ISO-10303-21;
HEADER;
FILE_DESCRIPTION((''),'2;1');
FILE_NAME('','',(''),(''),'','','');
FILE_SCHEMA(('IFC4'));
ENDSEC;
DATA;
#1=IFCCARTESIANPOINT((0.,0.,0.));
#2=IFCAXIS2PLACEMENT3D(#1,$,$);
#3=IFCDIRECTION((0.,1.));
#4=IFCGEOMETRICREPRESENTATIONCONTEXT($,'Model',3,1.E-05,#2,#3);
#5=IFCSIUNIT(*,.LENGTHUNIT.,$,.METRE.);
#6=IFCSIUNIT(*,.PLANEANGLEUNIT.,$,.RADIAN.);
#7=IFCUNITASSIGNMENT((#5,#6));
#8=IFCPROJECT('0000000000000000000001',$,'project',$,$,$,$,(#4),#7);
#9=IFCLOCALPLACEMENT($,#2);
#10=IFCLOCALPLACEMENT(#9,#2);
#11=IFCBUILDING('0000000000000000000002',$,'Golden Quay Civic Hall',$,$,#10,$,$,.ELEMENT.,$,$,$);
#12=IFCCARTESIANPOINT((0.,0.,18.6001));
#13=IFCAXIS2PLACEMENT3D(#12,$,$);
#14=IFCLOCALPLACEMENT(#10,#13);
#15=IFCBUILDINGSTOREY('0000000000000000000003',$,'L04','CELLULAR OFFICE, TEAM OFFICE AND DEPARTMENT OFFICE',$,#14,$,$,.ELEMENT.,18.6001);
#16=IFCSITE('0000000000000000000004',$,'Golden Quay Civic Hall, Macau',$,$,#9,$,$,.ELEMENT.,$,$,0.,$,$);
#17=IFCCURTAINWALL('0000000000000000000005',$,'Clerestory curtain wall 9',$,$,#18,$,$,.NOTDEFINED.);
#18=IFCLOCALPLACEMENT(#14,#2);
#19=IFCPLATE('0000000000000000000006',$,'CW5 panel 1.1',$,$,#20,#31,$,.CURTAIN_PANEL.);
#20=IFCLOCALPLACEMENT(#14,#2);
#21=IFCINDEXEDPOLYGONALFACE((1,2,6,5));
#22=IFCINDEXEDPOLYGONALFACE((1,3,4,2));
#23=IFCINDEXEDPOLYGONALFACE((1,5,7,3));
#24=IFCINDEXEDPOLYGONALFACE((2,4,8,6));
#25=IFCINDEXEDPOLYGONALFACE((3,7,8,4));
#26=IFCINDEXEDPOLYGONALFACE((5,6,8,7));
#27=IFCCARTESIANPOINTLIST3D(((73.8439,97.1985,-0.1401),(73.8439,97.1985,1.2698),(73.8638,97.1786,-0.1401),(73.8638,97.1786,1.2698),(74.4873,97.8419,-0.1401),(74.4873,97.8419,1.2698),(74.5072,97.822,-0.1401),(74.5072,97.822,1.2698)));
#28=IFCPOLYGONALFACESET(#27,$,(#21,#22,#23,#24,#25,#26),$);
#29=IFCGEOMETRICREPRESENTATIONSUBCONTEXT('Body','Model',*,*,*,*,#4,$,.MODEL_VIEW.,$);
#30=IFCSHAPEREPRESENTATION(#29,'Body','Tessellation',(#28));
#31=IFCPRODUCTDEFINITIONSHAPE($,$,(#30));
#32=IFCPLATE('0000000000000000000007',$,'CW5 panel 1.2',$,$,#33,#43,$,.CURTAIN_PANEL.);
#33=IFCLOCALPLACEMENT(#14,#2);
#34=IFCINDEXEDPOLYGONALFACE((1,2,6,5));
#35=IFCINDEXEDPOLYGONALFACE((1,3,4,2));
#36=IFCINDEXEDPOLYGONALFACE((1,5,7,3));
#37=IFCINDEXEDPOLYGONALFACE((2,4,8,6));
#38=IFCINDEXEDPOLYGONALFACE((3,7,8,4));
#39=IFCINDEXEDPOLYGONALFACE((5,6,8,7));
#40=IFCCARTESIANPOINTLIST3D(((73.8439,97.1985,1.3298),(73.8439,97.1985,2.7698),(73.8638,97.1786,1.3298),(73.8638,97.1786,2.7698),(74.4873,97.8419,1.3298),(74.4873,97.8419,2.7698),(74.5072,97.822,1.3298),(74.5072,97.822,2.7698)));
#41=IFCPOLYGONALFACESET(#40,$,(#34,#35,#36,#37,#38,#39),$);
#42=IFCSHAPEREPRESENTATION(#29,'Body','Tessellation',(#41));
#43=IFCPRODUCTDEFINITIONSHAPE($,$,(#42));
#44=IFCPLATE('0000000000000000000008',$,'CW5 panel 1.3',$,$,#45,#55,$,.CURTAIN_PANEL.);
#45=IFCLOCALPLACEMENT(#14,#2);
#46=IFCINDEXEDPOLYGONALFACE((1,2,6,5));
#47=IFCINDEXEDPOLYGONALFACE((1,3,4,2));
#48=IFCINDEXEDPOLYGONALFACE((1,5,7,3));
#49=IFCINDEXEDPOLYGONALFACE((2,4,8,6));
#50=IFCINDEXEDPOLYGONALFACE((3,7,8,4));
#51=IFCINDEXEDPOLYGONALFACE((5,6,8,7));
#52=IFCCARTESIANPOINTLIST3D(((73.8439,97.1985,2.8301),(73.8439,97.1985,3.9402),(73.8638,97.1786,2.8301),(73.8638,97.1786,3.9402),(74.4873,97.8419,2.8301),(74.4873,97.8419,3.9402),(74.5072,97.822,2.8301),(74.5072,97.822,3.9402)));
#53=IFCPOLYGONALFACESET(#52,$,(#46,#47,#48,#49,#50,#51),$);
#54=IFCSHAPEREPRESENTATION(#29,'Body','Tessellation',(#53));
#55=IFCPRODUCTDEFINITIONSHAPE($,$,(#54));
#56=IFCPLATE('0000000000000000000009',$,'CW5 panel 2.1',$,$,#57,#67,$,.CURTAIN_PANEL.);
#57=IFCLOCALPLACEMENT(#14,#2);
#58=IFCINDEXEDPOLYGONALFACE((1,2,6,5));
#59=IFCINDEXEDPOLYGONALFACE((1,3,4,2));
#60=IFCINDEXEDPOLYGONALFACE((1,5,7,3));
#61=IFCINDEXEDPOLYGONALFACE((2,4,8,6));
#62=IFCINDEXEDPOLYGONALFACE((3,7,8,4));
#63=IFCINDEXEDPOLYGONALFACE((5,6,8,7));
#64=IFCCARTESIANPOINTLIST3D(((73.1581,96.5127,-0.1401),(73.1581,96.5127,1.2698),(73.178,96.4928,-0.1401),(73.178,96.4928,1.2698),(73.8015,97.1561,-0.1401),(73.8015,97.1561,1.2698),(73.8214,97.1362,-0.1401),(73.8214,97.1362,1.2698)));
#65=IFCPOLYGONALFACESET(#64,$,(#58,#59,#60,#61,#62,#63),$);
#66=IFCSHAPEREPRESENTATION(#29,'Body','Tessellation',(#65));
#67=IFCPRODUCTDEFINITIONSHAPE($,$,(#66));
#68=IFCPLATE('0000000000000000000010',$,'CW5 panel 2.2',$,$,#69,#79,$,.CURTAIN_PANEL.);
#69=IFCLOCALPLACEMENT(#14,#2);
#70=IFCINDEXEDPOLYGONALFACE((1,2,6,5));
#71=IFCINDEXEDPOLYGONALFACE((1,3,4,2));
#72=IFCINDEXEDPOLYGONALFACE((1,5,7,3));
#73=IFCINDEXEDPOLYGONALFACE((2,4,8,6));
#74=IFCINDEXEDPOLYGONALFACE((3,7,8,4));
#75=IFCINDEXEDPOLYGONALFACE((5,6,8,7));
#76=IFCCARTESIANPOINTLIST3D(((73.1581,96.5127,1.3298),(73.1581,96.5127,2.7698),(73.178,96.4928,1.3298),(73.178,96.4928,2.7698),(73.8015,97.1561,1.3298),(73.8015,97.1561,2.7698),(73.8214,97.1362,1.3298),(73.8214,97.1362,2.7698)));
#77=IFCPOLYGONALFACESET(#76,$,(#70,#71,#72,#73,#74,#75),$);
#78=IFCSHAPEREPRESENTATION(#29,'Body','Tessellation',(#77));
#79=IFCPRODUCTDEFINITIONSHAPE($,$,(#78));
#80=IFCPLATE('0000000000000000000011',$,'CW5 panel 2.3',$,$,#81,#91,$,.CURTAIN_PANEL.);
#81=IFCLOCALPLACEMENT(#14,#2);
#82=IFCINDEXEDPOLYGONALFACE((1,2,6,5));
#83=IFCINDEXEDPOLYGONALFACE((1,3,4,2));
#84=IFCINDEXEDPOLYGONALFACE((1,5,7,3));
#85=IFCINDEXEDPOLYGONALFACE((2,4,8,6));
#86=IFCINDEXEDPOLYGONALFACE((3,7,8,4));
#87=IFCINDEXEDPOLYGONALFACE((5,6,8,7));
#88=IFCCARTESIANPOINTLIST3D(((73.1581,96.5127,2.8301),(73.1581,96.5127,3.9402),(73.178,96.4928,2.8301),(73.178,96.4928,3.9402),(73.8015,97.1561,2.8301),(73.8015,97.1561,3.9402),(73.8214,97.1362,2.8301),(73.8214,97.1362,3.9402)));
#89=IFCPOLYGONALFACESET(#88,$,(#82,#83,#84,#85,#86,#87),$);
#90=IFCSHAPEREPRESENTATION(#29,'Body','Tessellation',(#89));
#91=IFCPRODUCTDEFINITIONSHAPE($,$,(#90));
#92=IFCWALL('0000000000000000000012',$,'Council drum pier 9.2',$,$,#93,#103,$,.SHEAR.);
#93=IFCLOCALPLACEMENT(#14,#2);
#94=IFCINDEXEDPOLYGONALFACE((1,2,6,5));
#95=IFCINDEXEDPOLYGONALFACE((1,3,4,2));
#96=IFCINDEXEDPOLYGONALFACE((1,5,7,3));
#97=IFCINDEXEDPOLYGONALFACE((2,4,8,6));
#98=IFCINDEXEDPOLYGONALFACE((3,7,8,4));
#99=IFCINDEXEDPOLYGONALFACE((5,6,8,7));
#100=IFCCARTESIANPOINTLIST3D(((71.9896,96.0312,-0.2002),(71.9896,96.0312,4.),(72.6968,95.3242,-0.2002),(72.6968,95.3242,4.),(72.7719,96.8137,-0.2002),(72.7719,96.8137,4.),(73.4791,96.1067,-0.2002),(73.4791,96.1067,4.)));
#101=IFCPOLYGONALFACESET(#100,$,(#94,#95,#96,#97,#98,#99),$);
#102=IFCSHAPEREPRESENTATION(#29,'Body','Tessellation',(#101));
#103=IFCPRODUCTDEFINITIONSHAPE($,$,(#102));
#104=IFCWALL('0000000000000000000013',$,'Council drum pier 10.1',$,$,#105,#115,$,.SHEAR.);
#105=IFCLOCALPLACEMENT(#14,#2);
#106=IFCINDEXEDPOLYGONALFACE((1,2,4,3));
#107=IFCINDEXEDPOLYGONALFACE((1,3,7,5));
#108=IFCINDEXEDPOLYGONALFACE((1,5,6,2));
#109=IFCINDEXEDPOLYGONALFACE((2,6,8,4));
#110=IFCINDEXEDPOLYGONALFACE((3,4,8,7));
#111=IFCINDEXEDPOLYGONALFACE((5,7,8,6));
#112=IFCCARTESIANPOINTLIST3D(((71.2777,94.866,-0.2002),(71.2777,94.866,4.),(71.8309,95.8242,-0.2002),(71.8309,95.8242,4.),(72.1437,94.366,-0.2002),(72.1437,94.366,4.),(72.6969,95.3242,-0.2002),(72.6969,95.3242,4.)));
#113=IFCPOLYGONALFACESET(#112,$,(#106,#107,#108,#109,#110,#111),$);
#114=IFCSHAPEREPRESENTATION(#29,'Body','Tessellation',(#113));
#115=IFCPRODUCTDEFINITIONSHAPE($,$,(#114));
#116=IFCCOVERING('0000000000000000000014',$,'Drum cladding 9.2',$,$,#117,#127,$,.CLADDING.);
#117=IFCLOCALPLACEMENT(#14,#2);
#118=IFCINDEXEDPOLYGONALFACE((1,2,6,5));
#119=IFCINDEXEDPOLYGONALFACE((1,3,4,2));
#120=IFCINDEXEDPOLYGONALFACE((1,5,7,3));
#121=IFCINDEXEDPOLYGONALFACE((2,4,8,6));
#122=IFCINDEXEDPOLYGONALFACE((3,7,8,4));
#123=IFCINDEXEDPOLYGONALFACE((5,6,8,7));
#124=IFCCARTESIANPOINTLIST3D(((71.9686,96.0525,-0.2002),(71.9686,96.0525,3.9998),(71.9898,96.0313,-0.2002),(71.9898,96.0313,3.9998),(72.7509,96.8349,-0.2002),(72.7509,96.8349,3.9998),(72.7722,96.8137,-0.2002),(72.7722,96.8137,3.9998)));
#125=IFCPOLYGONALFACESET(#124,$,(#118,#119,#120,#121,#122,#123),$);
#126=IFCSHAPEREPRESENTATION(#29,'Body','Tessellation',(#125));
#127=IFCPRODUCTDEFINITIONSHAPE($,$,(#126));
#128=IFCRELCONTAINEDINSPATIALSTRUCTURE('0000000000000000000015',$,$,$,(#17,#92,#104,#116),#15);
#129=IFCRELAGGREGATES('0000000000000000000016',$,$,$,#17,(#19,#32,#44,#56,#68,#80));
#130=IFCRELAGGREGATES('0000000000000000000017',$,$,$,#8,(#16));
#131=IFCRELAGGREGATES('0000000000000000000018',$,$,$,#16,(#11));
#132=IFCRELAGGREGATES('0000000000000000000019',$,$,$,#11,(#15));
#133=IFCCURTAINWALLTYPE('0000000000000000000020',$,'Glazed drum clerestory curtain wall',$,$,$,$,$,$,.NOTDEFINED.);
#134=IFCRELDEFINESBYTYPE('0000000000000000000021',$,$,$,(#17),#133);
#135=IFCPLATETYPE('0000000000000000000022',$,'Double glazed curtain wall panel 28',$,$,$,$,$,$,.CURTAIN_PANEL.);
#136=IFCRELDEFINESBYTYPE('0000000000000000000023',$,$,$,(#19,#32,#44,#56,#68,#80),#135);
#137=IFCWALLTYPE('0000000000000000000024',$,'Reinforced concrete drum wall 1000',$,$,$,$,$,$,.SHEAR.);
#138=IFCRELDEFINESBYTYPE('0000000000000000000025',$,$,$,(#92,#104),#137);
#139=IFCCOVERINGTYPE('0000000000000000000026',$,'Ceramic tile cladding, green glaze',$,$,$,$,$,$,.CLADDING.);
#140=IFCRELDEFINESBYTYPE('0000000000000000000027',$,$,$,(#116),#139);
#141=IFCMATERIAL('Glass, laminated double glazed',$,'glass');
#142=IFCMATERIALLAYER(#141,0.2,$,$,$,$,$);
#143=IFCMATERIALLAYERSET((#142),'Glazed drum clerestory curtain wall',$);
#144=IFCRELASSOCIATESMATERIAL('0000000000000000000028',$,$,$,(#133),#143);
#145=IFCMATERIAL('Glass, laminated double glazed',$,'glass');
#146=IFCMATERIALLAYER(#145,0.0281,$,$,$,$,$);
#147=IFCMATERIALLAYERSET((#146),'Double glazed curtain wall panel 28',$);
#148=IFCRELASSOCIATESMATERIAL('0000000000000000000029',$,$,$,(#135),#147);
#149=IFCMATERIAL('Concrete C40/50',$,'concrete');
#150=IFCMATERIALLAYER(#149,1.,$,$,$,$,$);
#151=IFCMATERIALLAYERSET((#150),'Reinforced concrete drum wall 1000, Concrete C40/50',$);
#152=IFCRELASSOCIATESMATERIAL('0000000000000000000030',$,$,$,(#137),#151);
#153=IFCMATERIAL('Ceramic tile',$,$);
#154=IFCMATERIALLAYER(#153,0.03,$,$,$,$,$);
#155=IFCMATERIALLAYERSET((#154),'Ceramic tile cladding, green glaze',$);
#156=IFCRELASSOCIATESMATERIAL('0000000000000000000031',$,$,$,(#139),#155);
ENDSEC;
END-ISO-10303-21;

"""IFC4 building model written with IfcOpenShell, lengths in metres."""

from ifc_helpers import new_model, si_unit, direction, frame, frame_2d, origin, origin_2d, place, context, subcontext, project, spatial, rectangle, extrude, material, layer, layer_set, type_object, element, aggregate, save


model = new_model("IFC4")

# Units and contexts
model_context = context("Model", 3, precision=1e-05, world=origin(), true_north=direction((0.0, 1.0)))
body_context = subcontext(model_context, "Body", "Model", "MODEL_VIEW")
ifc_project = project(units=[si_unit("LENGTHUNIT", "METRE"), si_unit("PLANEANGLEUNIT", "RADIAN")], contexts=[model_context])

# Site, building, storey
site_placement = place(None, origin())
site = spatial("IfcSite", under=ifc_project, at=site_placement, Name="Golden Quay Civic Hall, Macau", CompositionType="ELEMENT", RefElevation=0.0)
building_placement = place(site_placement, origin())
building = spatial("IfcBuilding", under=site, at=building_placement, Name="Golden Quay Civic Hall", CompositionType="ELEMENT")
storey_placement = place(building_placement, frame((0.0, 0.0, 18.6001)))
storey = spatial("IfcBuildingStorey", under=building, at=storey_placement, Name="L04", Description="CELLULAR OFFICE, TEAM OFFICE AND DEPARTMENT OFFICE", CompositionType="ELEMENT", Elevation=18.6001)

# Curtain wall
ifc_material_1 = material(Name="Glass, laminated double glazed", Category="glass")
ifc_layer_1 = layer(ifc_material_1, 0.2)
ifc_layer_set_1 = layer_set([ifc_layer_1], Name="Glazed drum clerestory curtain wall")
curtain_wall_type = type_object("IfcCurtainWallType", Name="Glazed drum clerestory curtain wall", PredefinedType="NOTDEFINED", material=ifc_layer_set_1)
curtain_wall_1_placement = place(storey_placement, origin())
curtain_wall_1 = element("IfcCurtainWall", 1, at=curtain_wall_1_placement, inside=storey, type_object=curtain_wall_type, Name="Clerestory curtain wall 9", PredefinedType="NOTDEFINED")

# Plates
ifc_material_2 = material(Name="Glass, laminated double glazed", Category="glass")
ifc_layer_2 = layer(ifc_material_2, 0.0281)
ifc_layer_set_2 = layer_set([ifc_layer_2], Name="Double glazed curtain wall panel 28")
plate_type = type_object("IfcPlateType", Name="Double glazed curtain wall panel 28", PredefinedType="CURTAIN_PANEL", material=ifc_layer_set_2)
plate_1_placement = place(storey_placement, frame((74.1755, 97.5103, -0.1401), z_axis=(0.0, 0.0, 1.0), x_axis=(-0.707107, -0.707107, 0.0)))
plate_1 = element("IfcPlate", 2, at=plate_1_placement, type_object=plate_type, Name="CW5 panel 1.1", PredefinedType="CURTAIN_PANEL", context=body_context, shape_type="SweptSolid", body=[
    extrude(rectangle(XDim=0.9099, YDim=0.0281, at=origin_2d()), origin(), (0.0, 0.0, 1.0), 1.4099),
])
plate_2_placement = place(storey_placement, frame((74.1755, 97.5103, 1.3298), z_axis=(0.0, 0.0, 1.0), x_axis=(-0.707107, -0.707107, 0.0)))
plate_2 = element("IfcPlate", 3, at=plate_2_placement, type_object=plate_type, Name="CW5 panel 1.2", PredefinedType="CURTAIN_PANEL", context=body_context, shape_type="SweptSolid", body=[
    extrude(rectangle(XDim=0.9099, YDim=0.0281, at=origin_2d()), origin(), (0.0, 0.0, 1.0), 1.4399),
])
plate_3_placement = place(storey_placement, frame((74.1755, 97.5103, 2.8301), z_axis=(0.0, 0.0, 1.0), x_axis=(-0.707107, -0.707107, 0.0)))
plate_3 = element("IfcPlate", 4, at=plate_3_placement, type_object=plate_type, Name="CW5 panel 1.3", PredefinedType="CURTAIN_PANEL", context=body_context, shape_type="SweptSolid", body=[
    extrude(rectangle(XDim=0.9099, YDim=0.0281, at=origin_2d()), origin(), (0.0, 0.0, 1.0), 1.1101),
])
plate_4_placement = place(storey_placement, frame((73.4897, 96.8245, -0.1401), z_axis=(0.0, 0.0, 1.0), x_axis=(-0.707107, -0.707107, 0.0)))
plate_4 = element("IfcPlate", 5, at=plate_4_placement, type_object=plate_type, Name="CW5 panel 2.1", PredefinedType="CURTAIN_PANEL", context=body_context, shape_type="SweptSolid", body=[
    extrude(rectangle(XDim=0.9099, YDim=0.0281, at=origin_2d()), origin(), (0.0, 0.0, 1.0), 1.4099),
])
plate_5_placement = place(storey_placement, frame((73.4897, 96.8245, 1.3298), z_axis=(0.0, 0.0, 1.0), x_axis=(-0.707107, -0.707107, 0.0)))
plate_5 = element("IfcPlate", 6, at=plate_5_placement, type_object=plate_type, Name="CW5 panel 2.2", PredefinedType="CURTAIN_PANEL", context=body_context, shape_type="SweptSolid", body=[
    extrude(rectangle(XDim=0.9099, YDim=0.0281, at=origin_2d()), origin(), (0.0, 0.0, 1.0), 1.4399),
])
plate_6_placement = place(storey_placement, frame((73.4897, 96.8245, 2.8301), z_axis=(0.0, 0.0, 1.0), x_axis=(-0.707107, -0.707107, 0.0)))
plate_6 = element("IfcPlate", 7, at=plate_6_placement, type_object=plate_type, Name="CW5 panel 2.3", PredefinedType="CURTAIN_PANEL", context=body_context, shape_type="SweptSolid", body=[
    extrude(rectangle(XDim=0.9099, YDim=0.0281, at=origin_2d()), origin(), (0.0, 0.0, 1.0), 1.1101),
])
aggregate(curtain_wall_1, [plate_1, plate_2, plate_3, plate_4, plate_5, plate_6])

# Walls
ifc_material_3 = material(Name="Concrete C40/50", Category="concrete")
ifc_layer_3 = layer(ifc_material_3, 1.0)
ifc_layer_set_3 = layer_set([ifc_layer_3], Name="Reinforced concrete drum wall 1000, Concrete C40/50")
wall_type = type_object("IfcWallType", Name="Reinforced concrete drum wall 1000", PredefinedType="SHEAR", material=ifc_layer_set_3)
for number, where, z_axis, x_axis, name in (
    (8, (73.1255, 96.4602, -0.2002), (0.0, 0.0, 1.0), (-0.706996, -0.707217, 0.0), "Council drum pier 9.2"),
    (9, (72.2639, 95.5742, -0.2002), (0.0, 0.0, 1.0), (-0.499983, -0.866035, 0.0), "Council drum pier 10.1"),
):
    element("IfcWall", number, at=place(storey_placement, frame(where, z_axis=z_axis, x_axis=x_axis)), inside=storey, type_object=wall_type, Name=name, PredefinedType="SHEAR", context=body_context, shape_type="SweptSolid", body=[
        extrude(rectangle(XDim=1.1064, YDim=1.0, at=frame_2d((0.5532, 0.0))), origin(), (0.0, 0.0, 1.0), 4.2002),
    ])

# Covering
ifc_material_4 = material(Name="Ceramic tile")
ifc_layer_4 = layer(ifc_material_4, 0.03)
ifc_layer_set_4 = layer_set([ifc_layer_4], Name="Ceramic tile cladding, green glaze")
covering_type = type_object("IfcCoveringType", Name="Ceramic tile cladding, green glaze", PredefinedType="CLADDING", material=ifc_layer_set_4)
covering_placement = place(storey_placement, frame((72.3704, 96.4331, -0.2002), z_axis=(0.0, 0.0, 1.0), x_axis=(-0.707107, -0.707107, 0.0)))
element("IfcCovering", 10, at=covering_placement, inside=storey, type_object=covering_type, Name="Drum cladding 9.2", PredefinedType="CLADDING", context=body_context, shape_type="SweptSolid", body=[
    extrude(rectangle(XDim=1.1064, YDim=0.03, at=origin_2d()), origin(), (0.0, 0.0, 1.0), 4.2),
])

save(model, "model.ifc")
